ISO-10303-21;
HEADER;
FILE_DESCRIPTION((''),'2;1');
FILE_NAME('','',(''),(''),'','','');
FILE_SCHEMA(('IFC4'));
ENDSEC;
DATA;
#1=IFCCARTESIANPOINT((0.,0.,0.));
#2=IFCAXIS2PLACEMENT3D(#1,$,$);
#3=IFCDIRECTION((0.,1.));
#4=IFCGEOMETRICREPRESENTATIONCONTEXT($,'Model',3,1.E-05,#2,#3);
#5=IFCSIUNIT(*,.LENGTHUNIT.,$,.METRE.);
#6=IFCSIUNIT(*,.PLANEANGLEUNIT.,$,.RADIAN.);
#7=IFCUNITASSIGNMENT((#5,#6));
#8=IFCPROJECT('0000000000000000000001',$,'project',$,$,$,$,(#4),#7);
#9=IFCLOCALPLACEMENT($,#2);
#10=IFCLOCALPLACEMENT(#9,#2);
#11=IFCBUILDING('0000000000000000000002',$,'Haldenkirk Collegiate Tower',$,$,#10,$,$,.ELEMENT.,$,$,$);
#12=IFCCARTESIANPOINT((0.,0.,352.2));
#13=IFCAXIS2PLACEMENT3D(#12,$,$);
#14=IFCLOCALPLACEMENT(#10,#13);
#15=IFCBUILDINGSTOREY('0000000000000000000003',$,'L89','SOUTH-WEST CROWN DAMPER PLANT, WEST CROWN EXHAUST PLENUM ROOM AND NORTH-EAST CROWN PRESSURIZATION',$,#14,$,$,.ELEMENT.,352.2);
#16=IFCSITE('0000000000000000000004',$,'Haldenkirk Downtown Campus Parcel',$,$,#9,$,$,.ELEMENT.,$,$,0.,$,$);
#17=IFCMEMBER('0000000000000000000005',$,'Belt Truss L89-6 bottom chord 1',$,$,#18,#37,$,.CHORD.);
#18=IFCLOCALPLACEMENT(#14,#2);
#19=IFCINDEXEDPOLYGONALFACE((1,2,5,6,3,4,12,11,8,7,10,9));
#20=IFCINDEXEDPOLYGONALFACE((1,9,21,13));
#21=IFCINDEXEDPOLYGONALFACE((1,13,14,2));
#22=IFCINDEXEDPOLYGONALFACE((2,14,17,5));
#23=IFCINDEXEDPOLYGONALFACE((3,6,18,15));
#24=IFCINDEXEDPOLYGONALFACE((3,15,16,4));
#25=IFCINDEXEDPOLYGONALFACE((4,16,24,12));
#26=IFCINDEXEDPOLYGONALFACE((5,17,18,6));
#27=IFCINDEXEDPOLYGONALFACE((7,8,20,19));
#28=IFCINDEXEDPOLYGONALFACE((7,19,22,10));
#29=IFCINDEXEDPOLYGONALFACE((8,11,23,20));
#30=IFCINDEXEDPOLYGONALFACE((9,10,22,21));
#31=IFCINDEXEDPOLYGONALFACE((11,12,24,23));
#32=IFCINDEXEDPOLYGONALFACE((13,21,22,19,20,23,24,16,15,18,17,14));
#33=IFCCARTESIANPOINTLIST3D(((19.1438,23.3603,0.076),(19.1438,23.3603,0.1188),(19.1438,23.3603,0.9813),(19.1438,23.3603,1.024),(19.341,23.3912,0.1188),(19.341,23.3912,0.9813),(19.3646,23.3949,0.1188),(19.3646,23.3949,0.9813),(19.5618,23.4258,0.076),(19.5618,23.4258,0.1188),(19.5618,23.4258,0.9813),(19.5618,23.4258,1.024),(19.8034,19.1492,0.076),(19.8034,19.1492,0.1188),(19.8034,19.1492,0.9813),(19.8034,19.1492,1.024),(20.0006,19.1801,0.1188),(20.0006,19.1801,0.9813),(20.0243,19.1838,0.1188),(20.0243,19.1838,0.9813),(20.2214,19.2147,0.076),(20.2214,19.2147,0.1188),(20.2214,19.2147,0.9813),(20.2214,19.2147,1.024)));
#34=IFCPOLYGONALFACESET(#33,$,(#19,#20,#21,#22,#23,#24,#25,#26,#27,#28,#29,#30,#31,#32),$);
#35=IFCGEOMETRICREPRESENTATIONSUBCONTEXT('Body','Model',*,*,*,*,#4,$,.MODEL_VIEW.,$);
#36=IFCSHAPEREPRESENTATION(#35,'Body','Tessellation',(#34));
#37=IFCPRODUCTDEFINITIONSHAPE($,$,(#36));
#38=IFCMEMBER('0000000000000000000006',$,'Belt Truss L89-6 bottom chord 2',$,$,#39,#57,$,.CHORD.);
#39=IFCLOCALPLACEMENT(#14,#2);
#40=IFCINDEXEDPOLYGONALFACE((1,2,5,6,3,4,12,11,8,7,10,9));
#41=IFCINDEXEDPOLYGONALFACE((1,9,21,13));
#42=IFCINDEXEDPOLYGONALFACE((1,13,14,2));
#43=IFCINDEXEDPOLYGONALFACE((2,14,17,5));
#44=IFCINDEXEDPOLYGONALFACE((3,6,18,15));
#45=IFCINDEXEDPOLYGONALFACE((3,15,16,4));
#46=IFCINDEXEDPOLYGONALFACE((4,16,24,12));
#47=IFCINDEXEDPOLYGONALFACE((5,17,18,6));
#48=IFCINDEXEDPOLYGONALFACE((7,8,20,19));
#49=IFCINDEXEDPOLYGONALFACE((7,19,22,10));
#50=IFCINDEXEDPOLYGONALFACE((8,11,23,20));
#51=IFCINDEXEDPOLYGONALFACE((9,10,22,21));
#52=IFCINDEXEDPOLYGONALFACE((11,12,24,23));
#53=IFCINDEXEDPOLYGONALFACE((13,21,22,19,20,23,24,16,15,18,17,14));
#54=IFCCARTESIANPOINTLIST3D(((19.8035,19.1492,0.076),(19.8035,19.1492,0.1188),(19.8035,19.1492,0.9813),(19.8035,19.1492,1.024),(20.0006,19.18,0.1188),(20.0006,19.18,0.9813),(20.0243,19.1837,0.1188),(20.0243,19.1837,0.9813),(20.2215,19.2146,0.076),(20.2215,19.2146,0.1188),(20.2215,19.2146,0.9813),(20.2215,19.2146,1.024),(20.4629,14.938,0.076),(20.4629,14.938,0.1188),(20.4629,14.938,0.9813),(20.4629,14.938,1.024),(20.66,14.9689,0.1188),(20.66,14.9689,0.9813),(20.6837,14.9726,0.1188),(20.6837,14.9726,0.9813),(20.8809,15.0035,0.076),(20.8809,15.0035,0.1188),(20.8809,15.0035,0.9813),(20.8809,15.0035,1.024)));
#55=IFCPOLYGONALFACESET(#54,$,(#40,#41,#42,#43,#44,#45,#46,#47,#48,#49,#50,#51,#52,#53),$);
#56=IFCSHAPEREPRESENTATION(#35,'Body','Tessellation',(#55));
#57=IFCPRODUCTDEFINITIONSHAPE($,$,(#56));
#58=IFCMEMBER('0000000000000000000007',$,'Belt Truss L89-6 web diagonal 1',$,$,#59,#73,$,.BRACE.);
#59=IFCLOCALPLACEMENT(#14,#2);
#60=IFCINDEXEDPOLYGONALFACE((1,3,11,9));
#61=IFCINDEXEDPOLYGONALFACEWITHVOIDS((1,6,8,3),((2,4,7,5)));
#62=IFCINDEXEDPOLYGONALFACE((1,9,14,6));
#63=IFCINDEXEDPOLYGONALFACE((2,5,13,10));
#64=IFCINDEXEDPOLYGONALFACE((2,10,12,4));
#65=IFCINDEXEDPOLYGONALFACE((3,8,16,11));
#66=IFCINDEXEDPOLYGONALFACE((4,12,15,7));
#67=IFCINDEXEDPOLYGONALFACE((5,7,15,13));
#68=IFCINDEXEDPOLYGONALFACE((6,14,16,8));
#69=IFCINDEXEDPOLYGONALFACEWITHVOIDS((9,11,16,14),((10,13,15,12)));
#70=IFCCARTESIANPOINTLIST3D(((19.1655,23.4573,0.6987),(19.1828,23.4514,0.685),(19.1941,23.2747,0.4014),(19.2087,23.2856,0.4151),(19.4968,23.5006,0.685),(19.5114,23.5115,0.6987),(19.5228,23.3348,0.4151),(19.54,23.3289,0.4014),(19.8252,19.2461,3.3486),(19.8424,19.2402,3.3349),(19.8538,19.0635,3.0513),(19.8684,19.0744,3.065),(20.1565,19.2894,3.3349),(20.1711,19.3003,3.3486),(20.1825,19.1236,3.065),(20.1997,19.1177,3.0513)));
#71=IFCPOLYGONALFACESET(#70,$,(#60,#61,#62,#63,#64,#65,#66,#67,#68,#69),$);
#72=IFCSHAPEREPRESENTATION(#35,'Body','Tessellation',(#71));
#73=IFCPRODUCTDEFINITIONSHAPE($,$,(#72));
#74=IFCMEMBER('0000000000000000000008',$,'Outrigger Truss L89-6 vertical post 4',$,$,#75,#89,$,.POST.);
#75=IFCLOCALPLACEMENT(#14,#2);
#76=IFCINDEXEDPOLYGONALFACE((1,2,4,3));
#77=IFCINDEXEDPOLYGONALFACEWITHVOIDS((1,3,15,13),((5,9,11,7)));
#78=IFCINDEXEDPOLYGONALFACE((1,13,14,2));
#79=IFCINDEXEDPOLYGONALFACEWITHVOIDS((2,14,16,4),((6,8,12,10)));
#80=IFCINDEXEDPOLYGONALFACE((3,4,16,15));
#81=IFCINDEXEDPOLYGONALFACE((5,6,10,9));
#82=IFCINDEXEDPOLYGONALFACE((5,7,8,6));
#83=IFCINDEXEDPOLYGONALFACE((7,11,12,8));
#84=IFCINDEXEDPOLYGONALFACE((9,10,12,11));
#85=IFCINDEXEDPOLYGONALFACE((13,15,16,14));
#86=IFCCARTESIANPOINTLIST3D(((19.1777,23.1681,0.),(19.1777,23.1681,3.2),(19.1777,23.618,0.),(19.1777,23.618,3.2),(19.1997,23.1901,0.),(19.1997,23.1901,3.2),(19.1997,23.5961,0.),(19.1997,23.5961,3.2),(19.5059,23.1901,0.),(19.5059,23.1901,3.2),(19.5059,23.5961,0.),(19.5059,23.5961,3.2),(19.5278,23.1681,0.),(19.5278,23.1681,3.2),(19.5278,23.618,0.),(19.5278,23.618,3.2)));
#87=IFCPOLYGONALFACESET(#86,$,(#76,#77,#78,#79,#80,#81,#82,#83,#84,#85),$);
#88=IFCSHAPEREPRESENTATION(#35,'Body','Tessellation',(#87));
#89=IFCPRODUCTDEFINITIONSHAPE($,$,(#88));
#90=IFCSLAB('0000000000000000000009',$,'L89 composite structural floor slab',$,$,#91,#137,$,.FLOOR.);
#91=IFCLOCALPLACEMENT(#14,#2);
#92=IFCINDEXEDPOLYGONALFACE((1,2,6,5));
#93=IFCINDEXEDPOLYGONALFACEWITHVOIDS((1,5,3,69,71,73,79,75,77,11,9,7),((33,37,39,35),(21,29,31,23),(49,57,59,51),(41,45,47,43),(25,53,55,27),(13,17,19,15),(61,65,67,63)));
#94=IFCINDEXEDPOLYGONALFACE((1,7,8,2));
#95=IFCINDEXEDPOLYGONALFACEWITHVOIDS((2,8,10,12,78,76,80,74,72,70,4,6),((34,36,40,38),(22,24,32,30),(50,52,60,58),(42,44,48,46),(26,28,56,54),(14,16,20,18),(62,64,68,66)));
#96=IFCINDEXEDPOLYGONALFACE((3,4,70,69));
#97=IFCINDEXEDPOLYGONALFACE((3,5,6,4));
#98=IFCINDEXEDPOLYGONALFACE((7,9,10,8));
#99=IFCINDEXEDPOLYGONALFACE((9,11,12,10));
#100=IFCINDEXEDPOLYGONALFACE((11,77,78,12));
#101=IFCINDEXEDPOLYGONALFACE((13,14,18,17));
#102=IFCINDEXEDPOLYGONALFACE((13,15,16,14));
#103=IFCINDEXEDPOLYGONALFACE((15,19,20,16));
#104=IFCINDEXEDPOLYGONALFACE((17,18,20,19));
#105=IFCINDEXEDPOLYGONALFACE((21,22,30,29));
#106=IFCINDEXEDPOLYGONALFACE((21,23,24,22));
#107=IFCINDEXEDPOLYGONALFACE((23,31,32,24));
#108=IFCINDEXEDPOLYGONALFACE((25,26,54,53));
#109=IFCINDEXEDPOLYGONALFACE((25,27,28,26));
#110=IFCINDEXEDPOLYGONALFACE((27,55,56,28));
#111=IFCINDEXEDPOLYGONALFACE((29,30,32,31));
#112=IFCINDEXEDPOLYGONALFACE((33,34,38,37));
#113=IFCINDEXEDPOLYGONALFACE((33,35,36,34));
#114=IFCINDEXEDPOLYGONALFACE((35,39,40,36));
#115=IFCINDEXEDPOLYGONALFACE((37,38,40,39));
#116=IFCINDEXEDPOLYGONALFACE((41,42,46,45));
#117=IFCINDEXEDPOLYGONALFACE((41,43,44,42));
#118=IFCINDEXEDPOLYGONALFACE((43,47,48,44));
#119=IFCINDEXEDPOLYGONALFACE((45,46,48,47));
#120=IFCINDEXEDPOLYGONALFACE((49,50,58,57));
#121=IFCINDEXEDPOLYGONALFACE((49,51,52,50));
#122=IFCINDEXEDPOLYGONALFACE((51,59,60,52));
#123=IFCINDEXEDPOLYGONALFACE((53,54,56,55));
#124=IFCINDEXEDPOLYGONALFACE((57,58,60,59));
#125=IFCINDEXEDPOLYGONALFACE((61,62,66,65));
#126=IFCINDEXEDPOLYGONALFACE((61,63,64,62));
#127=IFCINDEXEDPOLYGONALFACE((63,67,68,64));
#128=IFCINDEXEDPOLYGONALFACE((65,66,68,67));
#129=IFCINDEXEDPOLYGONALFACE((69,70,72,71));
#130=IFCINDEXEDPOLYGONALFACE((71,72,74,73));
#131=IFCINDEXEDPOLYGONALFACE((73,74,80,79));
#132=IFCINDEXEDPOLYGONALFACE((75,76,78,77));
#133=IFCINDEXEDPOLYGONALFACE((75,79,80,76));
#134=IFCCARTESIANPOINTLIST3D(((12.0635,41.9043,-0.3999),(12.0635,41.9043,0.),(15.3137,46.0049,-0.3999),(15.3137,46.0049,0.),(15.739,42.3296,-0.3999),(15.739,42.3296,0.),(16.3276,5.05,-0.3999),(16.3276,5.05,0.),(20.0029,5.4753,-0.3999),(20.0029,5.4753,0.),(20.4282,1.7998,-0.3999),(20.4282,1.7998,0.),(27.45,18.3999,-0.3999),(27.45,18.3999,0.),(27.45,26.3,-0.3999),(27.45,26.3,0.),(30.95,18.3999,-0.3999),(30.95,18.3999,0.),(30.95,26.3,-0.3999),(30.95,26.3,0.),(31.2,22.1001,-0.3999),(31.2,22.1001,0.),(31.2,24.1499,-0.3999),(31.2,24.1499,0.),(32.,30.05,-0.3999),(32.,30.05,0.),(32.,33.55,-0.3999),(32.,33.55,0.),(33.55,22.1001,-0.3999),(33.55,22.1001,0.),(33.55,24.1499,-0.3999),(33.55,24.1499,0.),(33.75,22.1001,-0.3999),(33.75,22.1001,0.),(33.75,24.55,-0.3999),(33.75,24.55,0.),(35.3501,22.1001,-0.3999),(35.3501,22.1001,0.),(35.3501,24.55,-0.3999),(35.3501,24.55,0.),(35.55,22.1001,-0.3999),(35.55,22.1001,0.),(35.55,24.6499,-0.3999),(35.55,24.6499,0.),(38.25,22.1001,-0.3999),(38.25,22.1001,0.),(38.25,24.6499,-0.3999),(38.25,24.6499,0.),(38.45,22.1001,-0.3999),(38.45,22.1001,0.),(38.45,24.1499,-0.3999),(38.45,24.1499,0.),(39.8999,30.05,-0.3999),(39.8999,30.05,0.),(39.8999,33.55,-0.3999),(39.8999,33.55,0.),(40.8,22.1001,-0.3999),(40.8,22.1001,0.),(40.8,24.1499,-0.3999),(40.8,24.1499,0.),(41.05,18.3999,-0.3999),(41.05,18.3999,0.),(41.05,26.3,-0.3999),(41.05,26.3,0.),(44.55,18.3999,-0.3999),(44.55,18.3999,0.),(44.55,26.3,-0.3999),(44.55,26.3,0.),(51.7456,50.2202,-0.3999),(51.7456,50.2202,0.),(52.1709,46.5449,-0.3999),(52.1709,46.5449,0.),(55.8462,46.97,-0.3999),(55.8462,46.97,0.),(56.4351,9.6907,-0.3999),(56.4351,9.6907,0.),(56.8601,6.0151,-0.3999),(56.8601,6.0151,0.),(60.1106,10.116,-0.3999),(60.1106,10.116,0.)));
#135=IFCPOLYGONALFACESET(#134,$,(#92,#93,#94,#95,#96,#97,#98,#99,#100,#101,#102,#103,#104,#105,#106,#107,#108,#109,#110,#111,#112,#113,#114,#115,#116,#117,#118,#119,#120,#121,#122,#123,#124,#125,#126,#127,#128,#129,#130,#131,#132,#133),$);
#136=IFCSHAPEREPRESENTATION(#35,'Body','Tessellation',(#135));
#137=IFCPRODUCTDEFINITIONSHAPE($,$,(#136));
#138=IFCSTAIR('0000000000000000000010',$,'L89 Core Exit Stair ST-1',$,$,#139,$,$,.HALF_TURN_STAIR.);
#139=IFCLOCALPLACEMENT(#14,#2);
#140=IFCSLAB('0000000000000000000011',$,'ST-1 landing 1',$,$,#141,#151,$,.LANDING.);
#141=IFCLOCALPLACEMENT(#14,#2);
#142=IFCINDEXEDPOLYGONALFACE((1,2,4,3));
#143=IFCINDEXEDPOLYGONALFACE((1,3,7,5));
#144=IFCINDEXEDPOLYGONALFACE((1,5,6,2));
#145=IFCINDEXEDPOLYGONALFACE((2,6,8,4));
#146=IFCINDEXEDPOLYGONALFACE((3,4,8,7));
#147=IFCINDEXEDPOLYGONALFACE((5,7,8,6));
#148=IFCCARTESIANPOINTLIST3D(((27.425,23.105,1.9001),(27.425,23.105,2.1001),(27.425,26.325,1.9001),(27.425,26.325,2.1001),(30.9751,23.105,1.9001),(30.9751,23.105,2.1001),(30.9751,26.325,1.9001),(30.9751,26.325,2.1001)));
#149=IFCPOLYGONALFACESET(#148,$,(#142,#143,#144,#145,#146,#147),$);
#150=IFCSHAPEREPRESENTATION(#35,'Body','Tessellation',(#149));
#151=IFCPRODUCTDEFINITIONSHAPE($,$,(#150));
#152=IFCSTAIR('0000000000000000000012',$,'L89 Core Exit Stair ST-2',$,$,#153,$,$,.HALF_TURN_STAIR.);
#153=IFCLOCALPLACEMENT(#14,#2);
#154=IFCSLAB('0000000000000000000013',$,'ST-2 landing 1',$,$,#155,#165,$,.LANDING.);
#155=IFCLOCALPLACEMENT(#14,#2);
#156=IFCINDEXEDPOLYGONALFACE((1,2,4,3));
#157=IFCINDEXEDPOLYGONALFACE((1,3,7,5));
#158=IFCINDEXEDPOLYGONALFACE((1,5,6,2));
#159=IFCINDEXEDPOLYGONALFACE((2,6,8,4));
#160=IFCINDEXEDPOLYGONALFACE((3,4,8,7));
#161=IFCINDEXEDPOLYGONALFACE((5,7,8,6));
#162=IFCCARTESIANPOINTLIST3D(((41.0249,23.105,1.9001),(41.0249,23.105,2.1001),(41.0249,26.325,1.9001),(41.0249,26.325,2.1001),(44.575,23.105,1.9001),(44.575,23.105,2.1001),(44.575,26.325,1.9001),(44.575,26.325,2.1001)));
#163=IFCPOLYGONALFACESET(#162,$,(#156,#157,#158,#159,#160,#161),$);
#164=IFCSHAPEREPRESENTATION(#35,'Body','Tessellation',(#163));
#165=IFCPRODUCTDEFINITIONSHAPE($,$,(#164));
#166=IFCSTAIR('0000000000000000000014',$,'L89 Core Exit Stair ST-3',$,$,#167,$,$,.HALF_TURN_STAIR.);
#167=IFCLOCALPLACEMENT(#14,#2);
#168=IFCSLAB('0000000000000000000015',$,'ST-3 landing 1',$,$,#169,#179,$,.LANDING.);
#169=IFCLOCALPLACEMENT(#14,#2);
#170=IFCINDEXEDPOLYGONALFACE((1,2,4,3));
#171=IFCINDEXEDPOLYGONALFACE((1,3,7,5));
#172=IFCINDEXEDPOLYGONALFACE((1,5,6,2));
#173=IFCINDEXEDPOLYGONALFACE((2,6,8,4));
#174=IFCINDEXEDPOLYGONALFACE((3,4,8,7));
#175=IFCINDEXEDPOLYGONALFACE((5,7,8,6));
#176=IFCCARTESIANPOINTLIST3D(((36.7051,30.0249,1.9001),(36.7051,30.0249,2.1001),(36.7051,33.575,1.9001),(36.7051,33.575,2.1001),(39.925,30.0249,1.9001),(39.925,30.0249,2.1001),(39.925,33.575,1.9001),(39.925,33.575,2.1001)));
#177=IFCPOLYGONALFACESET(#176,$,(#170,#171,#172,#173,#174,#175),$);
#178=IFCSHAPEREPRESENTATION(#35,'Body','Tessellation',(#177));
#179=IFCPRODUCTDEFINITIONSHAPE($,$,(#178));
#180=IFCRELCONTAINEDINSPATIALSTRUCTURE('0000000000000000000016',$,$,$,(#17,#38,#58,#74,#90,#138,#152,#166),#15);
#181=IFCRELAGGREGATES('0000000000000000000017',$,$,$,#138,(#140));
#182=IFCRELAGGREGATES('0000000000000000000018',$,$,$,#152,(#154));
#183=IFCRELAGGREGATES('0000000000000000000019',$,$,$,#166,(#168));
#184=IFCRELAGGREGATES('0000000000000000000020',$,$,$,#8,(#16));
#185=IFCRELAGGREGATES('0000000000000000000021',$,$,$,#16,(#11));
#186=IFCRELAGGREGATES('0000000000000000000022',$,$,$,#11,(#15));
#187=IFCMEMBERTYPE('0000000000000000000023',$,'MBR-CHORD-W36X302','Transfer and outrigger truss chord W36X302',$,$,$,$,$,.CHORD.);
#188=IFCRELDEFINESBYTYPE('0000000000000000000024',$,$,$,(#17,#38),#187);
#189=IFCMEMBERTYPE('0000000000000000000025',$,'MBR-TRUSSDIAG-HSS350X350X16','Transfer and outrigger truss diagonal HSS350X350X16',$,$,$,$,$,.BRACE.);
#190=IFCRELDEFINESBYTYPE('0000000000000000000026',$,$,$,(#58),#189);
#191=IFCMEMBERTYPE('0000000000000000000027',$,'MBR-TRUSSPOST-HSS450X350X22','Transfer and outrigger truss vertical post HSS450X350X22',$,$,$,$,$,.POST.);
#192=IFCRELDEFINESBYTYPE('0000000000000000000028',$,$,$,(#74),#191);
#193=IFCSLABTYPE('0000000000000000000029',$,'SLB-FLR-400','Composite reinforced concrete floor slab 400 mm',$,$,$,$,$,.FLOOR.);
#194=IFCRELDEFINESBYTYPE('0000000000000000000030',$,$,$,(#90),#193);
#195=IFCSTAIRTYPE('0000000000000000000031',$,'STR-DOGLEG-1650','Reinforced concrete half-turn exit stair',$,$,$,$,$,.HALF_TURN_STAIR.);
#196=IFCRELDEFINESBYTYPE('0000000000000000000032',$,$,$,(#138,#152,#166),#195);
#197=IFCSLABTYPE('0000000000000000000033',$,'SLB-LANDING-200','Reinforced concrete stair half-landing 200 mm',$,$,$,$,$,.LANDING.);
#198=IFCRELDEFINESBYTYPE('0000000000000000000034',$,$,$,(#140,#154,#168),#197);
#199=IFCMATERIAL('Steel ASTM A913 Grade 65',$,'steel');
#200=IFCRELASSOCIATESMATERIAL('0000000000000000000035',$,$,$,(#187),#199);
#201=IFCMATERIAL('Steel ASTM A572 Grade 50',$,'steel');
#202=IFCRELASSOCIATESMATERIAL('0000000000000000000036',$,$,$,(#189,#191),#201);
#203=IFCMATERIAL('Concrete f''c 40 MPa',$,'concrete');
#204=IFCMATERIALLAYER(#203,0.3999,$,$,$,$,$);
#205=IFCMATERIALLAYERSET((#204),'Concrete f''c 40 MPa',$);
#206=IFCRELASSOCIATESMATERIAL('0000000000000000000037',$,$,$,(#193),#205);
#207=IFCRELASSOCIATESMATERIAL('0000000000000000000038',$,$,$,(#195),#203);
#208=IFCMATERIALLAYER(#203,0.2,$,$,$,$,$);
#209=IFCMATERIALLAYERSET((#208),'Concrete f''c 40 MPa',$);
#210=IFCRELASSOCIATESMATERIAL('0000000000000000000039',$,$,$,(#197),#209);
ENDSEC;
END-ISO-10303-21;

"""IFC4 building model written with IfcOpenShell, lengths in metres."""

from ifc_helpers import new_model, si_unit, direction, frame, origin, origin_2d, place, context, subcontext, project, spatial, polyline, hollow_rectangle, i_section, outline, extrude, material, layer, layer_set, material_profile, profile_set, type_object, element, aggregate, save


model = new_model("IFC4")

# Units and contexts
model_context = context("Model", 3, precision=1e-05, world=origin(), true_north=direction((0.0, 1.0)))
body_context = subcontext(model_context, "Body", "Model", "MODEL_VIEW")
ifc_project = project(units=[si_unit("LENGTHUNIT", "METRE"), si_unit("PLANEANGLEUNIT", "RADIAN")], contexts=[model_context])

# Site, building, storey
site_placement = place(None, origin())
site = spatial("IfcSite", under=ifc_project, at=site_placement, Name="Haldenkirk Downtown Campus Parcel", CompositionType="ELEMENT", RefElevation=0.0)
building_placement = place(site_placement, origin())
building = spatial("IfcBuilding", under=site, at=building_placement, Name="Haldenkirk Collegiate Tower", CompositionType="ELEMENT")
storey_placement = place(building_placement, frame((0.0, 0.0, 352.2)))
storey = spatial("IfcBuildingStorey", under=building, at=storey_placement, Name="L89", Description="SOUTH-WEST CROWN DAMPER PLANT, WEST CROWN EXHAUST PLENUM ROOM AND NORTH-EAST CROWN PRESSURIZATION", CompositionType="ELEMENT", Elevation=352.2)

# Shared definitions
ifc_material_1 = material(Name="Steel ASTM A913 Grade 65", Category="steel")
ifc_material_2 = material(Name="Steel ASTM A572 Grade 50", Category="steel")

# Members
ifc_material_profile_1 = material_profile(ifc_material_1, i_section(OverallWidth=0.4231, OverallDepth=0.948, WebThickness=0.0239, FlangeThickness=0.0427, at=origin_2d()), Name="W36X302")
ifc_profile_set_1 = profile_set([ifc_material_profile_1], Name="Steel ASTM A913 Grade 65")
member_type_1 = type_object("IfcMemberType", Name="MBR-CHORD-W36X302", Description="Transfer and outrigger truss chord W36X302", PredefinedType="CHORD", material=ifc_profile_set_1)
for number, where, z_axis, x_axis, name in (
    (1, (19.3528, 23.3931, 0.55), (0.15476, -0.987952, 0.0), (0.987952, 0.15476, 0.0), "Belt Truss L89-6 bottom chord 1"),
    (2, (20.0125, 19.1819, 0.55), (0.154704, -0.987961, 0.0), (0.987961, 0.154704, 0.0), "Belt Truss L89-6 bottom chord 2"),
):
    element("IfcMember", number, at=place(storey_placement, frame(where, z_axis=z_axis, x_axis=x_axis)), inside=storey, type_object=member_type_1, Name=name, PredefinedType="CHORD", context=body_context, shape_type="SweptSolid", body=[
        extrude(i_section(OverallWidth=0.4231, OverallDepth=0.948, WebThickness=0.0239, FlangeThickness=0.0427, at=origin_2d()), origin(), (0.0, 0.0, 1.0), 4.2625),
    ])
ifc_material_profile_2 = material_profile(ifc_material_2, hollow_rectangle(XDim=0.3501, YDim=0.3501, WallThickness=0.0161, at=origin_2d()), Name="HSS350X350X16")
ifc_profile_set_2 = profile_set([ifc_material_profile_2], Name="Steel ASTM A572 Grade 50")
member_type_2 = type_object("IfcMemberType", Name="MBR-TRUSSDIAG-HSS350X350X16", Description="Transfer and outrigger truss diagonal HSS350X350X16", PredefinedType="BRACE", material=ifc_profile_set_2)
member_1_placement = place(storey_placement, frame((19.3528, 23.3931, 0.55), z_axis=(0.131432, -0.839034, 0.527965), x_axis=(0.987952, 0.15476, 0.0)))
element("IfcMember", 3, at=member_1_placement, inside=storey, type_object=member_type_2, Name="Belt Truss L89-6 web diagonal 1", PredefinedType="BRACE", context=body_context, shape_type="SweptSolid", body=[
    extrude(hollow_rectangle(XDim=0.3501, YDim=0.3501, WallThickness=0.0161, at=origin_2d()), origin(), (0.0, 0.0, 1.0), 5.019),
])
ifc_material_profile_3 = material_profile(ifc_material_2, hollow_rectangle(XDim=0.3501, YDim=0.45, WallThickness=0.022, at=origin_2d()), Name="HSS450X350X22")
ifc_profile_set_3 = profile_set([ifc_material_profile_3], Name="Steel ASTM A572 Grade 50")
member_type_3 = type_object("IfcMemberType", Name="MBR-TRUSSPOST-HSS450X350X22", Description="Transfer and outrigger truss vertical post HSS450X350X22", PredefinedType="POST", material=ifc_profile_set_3)
member_2_placement = place(storey_placement, frame((19.3528, 23.3931, 0.0), z_axis=(0.0, 0.0, 1.0), x_axis=(1.0, 0.0, 0.0)))
element("IfcMember", 4, at=member_2_placement, inside=storey, type_object=member_type_3, Name="Outrigger Truss L89-6 vertical post 4", PredefinedType="POST", context=body_context, shape_type="SweptSolid", body=[
    extrude(hollow_rectangle(XDim=0.3501, YDim=0.45, WallThickness=0.022, at=origin_2d()), origin(), (0.0, 0.0, 1.0), 3.2),
])

# Slab
ifc_material_3 = material(Name="Concrete f'c 40 MPa", Category="concrete")
ifc_layer_1 = layer(ifc_material_3, 0.3999)
ifc_layer_set_1 = layer_set([ifc_layer_1], Name="Concrete f'c 40 MPa")
slab_type_1 = type_object("IfcSlabType", Name="SLB-FLR-400", Description="Composite reinforced concrete floor slab 400 mm", PredefinedType="FLOOR", material=ifc_layer_set_1)
slab_1_placement = place(storey_placement, frame((0.0, 0.0, -0.3999)))
element("IfcSlab", 5, at=slab_1_placement, inside=storey, type_object=slab_type_1, Name="L89 composite structural floor slab", PredefinedType="FLOOR", context=body_context, shape_type="SweptSolid", body=[
    extrude(outline(polyline([(60.1106, 10.116), (55.8462, 46.97), (52.1709, 46.5449), (51.7456, 50.2202), (15.3137, 46.0049), (15.739, 42.3296), (12.0635, 41.9043), (16.3276, 5.05), (20.0029, 5.4753), (20.4282, 1.7998), (56.8601, 6.0151), (56.4351, 9.6907), (60.1106, 10.116)]), holes=[polyline([(27.45, 18.3999), (30.95, 18.3999), (30.95, 26.3), (27.45, 26.3), (27.45, 18.3999)]), polyline([(41.05, 18.3999), (44.55, 18.3999), (44.55, 26.3), (41.05, 26.3), (41.05, 18.3999)]), polyline([(32.0, 30.05), (39.8999, 30.05), (39.8999, 33.55), (32.0, 33.55), (32.0, 30.05)]), polyline([(33.75, 22.1001), (35.3501, 22.1001), (35.3501, 24.55), (33.75, 24.55), (33.75, 22.1001)]), polyline([(31.2, 22.1001), (33.55, 22.1001), (33.55, 24.1499), (31.2, 24.1499), (31.2, 22.1001)]), polyline([(38.45, 22.1001), (40.8, 22.1001), (40.8, 24.1499), (38.45, 24.1499), (38.45, 22.1001)]), polyline([(35.55, 22.1001), (38.25, 22.1001), (38.25, 24.6499), (35.55, 24.6499), (35.55, 22.1001)])]), origin(), (0.0, 0.0, 1.0), 0.3999),
])

# Stairs, slabs
stair_type = type_object("IfcStairType", Name="STR-DOGLEG-1650", Description="Reinforced concrete half-turn exit stair", PredefinedType="HALF_TURN_STAIR", material=ifc_material_3)
stair_1_placement = place(storey_placement, origin())
stair_1 = element("IfcStair", 6, at=stair_1_placement, inside=storey, type_object=stair_type, Name="L89 Core Exit Stair ST-1", PredefinedType="HALF_TURN_STAIR")
ifc_layer_2 = layer(ifc_material_3, 0.2)
ifc_layer_set_2 = layer_set([ifc_layer_2], Name="Concrete f'c 40 MPa")
slab_type_2 = type_object("IfcSlabType", Name="SLB-LANDING-200", Description="Reinforced concrete stair half-landing 200 mm", PredefinedType="LANDING", material=ifc_layer_set_2)
slab_2_placement = place(storey_placement, frame((0.0, 0.0, 1.9001)))
slab_2 = element("IfcSlab", 7, at=slab_2_placement, type_object=slab_type_2, Name="ST-1 landing 1", PredefinedType="LANDING", context=body_context, shape_type="SweptSolid", body=[
    extrude(outline(polyline([(30.9751, 23.105), (27.425, 23.105), (27.425, 26.325), (30.9751, 26.325), (30.9751, 23.105)])), origin(), (0.0, 0.0, 1.0), 0.2),
])
aggregate(stair_1, [slab_2])
stair_2_placement = place(storey_placement, origin())
stair_2 = element("IfcStair", 8, at=stair_2_placement, inside=storey, type_object=stair_type, Name="L89 Core Exit Stair ST-2", PredefinedType="HALF_TURN_STAIR")
slab_3_placement = place(storey_placement, frame((0.0, 0.0, 1.9001)))
slab_3 = element("IfcSlab", 9, at=slab_3_placement, type_object=slab_type_2, Name="ST-2 landing 1", PredefinedType="LANDING", context=body_context, shape_type="SweptSolid", body=[
    extrude(outline(polyline([(44.575, 23.105), (41.0249, 23.105), (41.0249, 26.325), (44.575, 26.325), (44.575, 23.105)])), origin(), (0.0, 0.0, 1.0), 0.2),
])
aggregate(stair_2, [slab_3])
stair_3_placement = place(storey_placement, origin())
stair_3 = element("IfcStair", 10, at=stair_3_placement, inside=storey, type_object=stair_type, Name="L89 Core Exit Stair ST-3", PredefinedType="HALF_TURN_STAIR")
slab_4_placement = place(storey_placement, frame((0.0, 0.0, 1.9001)))
slab_4 = element("IfcSlab", 11, at=slab_4_placement, type_object=slab_type_2, Name="ST-3 landing 1", PredefinedType="LANDING", context=body_context, shape_type="SweptSolid", body=[
    extrude(outline(polyline([(36.7051, 30.0249), (36.7051, 33.575), (39.925, 33.575), (39.925, 30.0249), (36.7051, 30.0249)])), origin(), (0.0, 0.0, 1.0), 0.2),
])
aggregate(stair_3, [slab_4])

save(model, "model.ifc")
